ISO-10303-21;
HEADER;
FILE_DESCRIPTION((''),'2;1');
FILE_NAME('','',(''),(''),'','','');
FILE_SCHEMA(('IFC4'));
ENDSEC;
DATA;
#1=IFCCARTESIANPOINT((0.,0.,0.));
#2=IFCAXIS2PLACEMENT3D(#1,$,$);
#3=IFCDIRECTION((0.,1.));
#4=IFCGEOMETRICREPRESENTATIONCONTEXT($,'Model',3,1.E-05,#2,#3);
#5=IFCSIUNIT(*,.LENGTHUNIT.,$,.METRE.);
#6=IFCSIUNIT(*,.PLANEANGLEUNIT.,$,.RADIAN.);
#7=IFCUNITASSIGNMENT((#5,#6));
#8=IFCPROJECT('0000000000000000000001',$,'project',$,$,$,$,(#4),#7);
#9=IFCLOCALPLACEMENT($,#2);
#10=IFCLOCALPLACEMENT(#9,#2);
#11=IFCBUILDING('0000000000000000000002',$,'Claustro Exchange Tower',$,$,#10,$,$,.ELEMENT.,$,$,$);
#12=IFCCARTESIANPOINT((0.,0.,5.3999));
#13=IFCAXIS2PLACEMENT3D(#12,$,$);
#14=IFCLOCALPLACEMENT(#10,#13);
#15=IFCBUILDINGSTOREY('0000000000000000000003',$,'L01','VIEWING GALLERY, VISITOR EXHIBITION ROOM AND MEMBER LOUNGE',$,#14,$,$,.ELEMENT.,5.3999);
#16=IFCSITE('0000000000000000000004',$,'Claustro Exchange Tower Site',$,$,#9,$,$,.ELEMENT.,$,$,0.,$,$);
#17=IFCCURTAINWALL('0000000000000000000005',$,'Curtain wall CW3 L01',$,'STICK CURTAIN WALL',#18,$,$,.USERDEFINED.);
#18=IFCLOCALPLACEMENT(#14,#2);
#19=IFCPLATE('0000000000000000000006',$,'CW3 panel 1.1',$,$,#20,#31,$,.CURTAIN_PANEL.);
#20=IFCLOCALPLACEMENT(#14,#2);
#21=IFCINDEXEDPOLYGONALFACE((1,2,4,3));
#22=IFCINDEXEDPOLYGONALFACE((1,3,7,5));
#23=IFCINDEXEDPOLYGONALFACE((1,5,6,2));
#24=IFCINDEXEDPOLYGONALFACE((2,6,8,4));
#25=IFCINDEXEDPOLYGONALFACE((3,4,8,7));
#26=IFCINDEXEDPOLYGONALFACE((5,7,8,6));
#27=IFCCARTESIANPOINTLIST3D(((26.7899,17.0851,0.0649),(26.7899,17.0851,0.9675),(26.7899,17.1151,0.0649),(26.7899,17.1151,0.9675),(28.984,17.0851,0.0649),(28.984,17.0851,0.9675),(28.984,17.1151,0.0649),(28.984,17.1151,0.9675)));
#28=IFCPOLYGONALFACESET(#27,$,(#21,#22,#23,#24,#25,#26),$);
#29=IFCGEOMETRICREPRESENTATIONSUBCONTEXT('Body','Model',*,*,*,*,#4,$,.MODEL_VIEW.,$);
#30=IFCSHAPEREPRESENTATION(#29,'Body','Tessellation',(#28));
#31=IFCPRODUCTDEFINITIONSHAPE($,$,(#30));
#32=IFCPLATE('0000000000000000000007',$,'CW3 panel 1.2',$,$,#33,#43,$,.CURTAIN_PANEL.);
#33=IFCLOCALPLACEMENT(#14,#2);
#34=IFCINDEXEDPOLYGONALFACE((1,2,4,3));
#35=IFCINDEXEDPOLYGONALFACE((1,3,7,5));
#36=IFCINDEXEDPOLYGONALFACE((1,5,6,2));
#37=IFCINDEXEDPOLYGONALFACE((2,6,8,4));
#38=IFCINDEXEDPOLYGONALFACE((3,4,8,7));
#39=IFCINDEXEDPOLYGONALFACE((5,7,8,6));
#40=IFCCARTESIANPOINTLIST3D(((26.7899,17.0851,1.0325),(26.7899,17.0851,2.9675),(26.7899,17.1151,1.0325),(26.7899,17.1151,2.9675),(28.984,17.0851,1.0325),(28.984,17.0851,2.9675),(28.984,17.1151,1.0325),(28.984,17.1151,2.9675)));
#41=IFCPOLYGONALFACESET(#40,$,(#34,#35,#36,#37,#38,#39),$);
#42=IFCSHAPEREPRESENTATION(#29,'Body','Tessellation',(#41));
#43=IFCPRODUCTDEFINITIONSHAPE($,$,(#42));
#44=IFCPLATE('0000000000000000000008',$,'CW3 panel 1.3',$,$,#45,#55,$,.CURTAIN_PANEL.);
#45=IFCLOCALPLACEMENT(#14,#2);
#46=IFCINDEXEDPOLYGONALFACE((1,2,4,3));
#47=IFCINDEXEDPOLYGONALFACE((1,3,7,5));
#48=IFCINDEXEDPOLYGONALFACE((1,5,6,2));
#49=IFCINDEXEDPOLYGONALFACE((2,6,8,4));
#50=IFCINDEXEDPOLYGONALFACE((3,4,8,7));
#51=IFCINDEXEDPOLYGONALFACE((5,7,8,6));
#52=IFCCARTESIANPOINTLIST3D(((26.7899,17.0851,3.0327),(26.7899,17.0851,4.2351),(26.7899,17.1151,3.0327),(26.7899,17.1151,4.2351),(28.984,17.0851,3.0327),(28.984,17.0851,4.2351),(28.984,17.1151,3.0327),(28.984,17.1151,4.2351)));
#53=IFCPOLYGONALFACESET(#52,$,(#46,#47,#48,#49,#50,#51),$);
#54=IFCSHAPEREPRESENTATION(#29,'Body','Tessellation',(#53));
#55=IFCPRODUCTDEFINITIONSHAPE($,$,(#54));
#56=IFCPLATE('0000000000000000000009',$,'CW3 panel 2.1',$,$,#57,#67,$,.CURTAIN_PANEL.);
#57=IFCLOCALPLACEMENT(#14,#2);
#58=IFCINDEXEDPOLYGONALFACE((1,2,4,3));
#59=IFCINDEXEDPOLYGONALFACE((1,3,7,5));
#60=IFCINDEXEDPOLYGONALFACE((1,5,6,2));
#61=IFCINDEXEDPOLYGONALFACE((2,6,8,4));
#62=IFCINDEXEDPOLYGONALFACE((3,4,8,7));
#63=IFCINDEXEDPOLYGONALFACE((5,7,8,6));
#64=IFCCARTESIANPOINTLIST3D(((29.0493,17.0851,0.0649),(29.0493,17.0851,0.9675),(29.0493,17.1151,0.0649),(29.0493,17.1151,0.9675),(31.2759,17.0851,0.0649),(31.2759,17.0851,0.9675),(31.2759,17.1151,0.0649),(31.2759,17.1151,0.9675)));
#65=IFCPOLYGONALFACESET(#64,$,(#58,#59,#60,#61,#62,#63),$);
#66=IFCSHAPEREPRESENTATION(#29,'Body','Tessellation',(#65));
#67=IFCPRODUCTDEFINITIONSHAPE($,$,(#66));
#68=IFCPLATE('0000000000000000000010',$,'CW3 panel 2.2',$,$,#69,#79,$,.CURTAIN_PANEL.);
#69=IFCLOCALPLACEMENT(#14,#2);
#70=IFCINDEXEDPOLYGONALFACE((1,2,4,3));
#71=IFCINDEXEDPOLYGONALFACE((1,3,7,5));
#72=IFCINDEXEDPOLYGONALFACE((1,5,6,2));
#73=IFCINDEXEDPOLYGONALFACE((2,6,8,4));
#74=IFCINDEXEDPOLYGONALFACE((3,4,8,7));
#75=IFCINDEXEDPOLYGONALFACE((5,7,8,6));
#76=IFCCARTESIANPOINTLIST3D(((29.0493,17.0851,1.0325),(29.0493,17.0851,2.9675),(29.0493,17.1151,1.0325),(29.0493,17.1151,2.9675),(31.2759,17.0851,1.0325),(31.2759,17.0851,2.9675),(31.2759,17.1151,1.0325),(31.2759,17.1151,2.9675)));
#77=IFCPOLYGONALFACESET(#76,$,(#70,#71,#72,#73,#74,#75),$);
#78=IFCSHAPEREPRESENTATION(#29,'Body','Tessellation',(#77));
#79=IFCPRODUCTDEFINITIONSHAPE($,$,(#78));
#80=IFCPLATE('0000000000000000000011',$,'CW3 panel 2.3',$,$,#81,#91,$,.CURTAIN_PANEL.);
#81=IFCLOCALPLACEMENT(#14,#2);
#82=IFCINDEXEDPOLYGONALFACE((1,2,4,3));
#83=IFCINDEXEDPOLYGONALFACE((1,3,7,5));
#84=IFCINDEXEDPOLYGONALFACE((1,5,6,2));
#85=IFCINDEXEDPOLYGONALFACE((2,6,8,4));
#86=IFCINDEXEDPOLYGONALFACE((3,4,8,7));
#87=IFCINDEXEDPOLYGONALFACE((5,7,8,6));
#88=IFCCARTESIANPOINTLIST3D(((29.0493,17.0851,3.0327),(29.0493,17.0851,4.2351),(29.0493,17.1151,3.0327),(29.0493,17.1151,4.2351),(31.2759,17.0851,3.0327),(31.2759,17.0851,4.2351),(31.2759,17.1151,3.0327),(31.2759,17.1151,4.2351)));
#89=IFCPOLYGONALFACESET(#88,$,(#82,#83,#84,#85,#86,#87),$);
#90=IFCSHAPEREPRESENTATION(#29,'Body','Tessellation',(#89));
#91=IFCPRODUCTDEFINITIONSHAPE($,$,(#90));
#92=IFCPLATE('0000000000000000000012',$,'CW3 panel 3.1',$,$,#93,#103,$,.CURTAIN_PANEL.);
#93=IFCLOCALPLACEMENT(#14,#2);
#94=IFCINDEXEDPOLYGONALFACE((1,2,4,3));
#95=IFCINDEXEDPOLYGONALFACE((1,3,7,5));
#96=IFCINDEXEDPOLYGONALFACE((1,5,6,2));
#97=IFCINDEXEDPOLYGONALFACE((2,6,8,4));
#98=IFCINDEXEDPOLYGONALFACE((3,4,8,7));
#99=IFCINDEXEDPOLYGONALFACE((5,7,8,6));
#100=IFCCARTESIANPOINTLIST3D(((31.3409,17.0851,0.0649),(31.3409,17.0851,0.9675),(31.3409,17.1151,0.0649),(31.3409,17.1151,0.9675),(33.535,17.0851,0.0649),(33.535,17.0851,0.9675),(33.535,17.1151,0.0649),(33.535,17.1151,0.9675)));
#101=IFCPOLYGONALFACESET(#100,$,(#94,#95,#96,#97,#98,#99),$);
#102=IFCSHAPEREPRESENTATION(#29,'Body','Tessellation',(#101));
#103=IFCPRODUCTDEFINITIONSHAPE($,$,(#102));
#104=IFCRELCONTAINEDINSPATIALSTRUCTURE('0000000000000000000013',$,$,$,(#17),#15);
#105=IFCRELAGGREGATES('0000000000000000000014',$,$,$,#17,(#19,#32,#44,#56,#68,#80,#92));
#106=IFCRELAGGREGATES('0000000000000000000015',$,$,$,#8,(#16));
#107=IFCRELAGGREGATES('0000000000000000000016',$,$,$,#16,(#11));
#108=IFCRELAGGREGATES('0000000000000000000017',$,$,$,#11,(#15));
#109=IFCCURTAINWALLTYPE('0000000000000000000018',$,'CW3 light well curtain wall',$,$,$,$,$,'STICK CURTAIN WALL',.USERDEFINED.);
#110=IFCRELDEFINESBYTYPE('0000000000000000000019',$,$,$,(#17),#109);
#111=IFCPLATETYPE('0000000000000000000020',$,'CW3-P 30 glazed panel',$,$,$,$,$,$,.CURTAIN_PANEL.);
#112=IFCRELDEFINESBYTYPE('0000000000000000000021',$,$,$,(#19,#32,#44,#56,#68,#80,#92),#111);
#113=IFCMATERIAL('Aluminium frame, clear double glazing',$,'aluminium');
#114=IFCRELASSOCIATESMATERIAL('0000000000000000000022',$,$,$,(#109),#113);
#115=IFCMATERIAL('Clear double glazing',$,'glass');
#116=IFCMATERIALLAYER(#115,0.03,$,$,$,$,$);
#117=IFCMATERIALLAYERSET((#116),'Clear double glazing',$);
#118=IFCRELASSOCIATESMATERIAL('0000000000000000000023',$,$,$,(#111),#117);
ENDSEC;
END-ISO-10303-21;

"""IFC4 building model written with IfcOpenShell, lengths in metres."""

from ifc_helpers import new_model, si_unit, direction, frame, origin, origin_2d, place, context, subcontext, project, spatial, rectangle, extrude, material, layer, layer_set, type_object, element, aggregate, save


model = new_model("IFC4")

# Units and contexts
model_context = context("Model", 3, precision=1e-05, world=origin(), true_north=direction((0.0, 1.0)))
body_context = subcontext(model_context, "Body", "Model", "MODEL_VIEW")
ifc_project = project(units=[si_unit("LENGTHUNIT", "METRE"), si_unit("PLANEANGLEUNIT", "RADIAN")], contexts=[model_context])

# Site, building, storey
site_placement = place(None, origin())
site = spatial("IfcSite", under=ifc_project, at=site_placement, Name="Claustro Exchange Tower Site", CompositionType="ELEMENT", RefElevation=0.0)
building_placement = place(site_placement, origin())
building = spatial("IfcBuilding", under=site, at=building_placement, Name="Claustro Exchange Tower", CompositionType="ELEMENT")
storey_placement = place(building_placement, frame((0.0, 0.0, 5.3999)))
storey = spatial("IfcBuildingStorey", under=building, at=storey_placement, Name="L01", Description="VIEWING GALLERY, VISITOR EXHIBITION ROOM AND MEMBER LOUNGE", CompositionType="ELEMENT", Elevation=5.3999)

# Shared definitions
ifc_material_1 = material(Name="Aluminium frame, clear double glazing", Category="aluminium")
curtain_wall_type = type_object("IfcCurtainWallType", Name="CW3 light well curtain wall", ElementType="STICK CURTAIN WALL", PredefinedType="USERDEFINED", material=ifc_material_1)

# Curtain wall, plates
curtain_wall_1_placement = place(storey_placement, origin())
curtain_wall_1 = element("IfcCurtainWall", 1, at=curtain_wall_1_placement, inside=storey, type_object=curtain_wall_type, Name="Curtain wall CW3 L01", ObjectType="STICK CURTAIN WALL", PredefinedType="USERDEFINED")
ifc_material_2 = material(Name="Clear double glazing", Category="glass")
ifc_layer = layer(ifc_material_2, 0.03)
ifc_layer_set = layer_set([ifc_layer], Name="Clear double glazing")
plate_type = type_object("IfcPlateType", Name="CW3-P 30 glazed panel", PredefinedType="CURTAIN_PANEL", material=ifc_layer_set)
plate_1_placement = place(storey_placement, frame((27.887, 17.1001, 0.0649), z_axis=(0.0, 0.0, 1.0), x_axis=(1.0, 0.0, 0.0)))
plate_1 = element("IfcPlate", 2, at=plate_1_placement, type_object=plate_type, Name="CW3 panel 1.1", PredefinedType="CURTAIN_PANEL", context=body_context, shape_type="SweptSolid", body=[
    extrude(rectangle(XDim=2.1941, YDim=0.03, at=origin_2d()), origin(), (0.0, 0.0, 1.0), 0.9026),
])
plate_2_placement = place(storey_placement, frame((27.887, 17.1001, 1.0325), z_axis=(0.0, 0.0, 1.0), x_axis=(1.0, 0.0, 0.0)))
plate_2 = element("IfcPlate", 3, at=plate_2_placement, type_object=plate_type, Name="CW3 panel 1.2", PredefinedType="CURTAIN_PANEL", context=body_context, shape_type="SweptSolid", body=[
    extrude(rectangle(XDim=2.1941, YDim=0.03, at=origin_2d()), origin(), (0.0, 0.0, 1.0), 1.9351),
])
plate_3_placement = place(storey_placement, frame((27.887, 17.1001, 3.0327), z_axis=(0.0, 0.0, 1.0), x_axis=(1.0, 0.0, 0.0)))
plate_3 = element("IfcPlate", 4, at=plate_3_placement, type_object=plate_type, Name="CW3 panel 1.3", PredefinedType="CURTAIN_PANEL", context=body_context, shape_type="SweptSolid", body=[
    extrude(rectangle(XDim=2.1941, YDim=0.03, at=origin_2d()), origin(), (0.0, 0.0, 1.0), 1.2024),
])
plate_4_placement = place(storey_placement, frame((30.1626, 17.1001, 0.0649), z_axis=(0.0, 0.0, 1.0), x_axis=(1.0, 0.0, 0.0)))
plate_4 = element("IfcPlate", 5, at=plate_4_placement, type_object=plate_type, Name="CW3 panel 2.1", PredefinedType="CURTAIN_PANEL", context=body_context, shape_type="SweptSolid", body=[
    extrude(rectangle(XDim=2.2266, YDim=0.03, at=origin_2d()), origin(), (0.0, 0.0, 1.0), 0.9026),
])
plate_5_placement = place(storey_placement, frame((30.1626, 17.1001, 1.0325), z_axis=(0.0, 0.0, 1.0), x_axis=(1.0, 0.0, 0.0)))
plate_5 = element("IfcPlate", 6, at=plate_5_placement, type_object=plate_type, Name="CW3 panel 2.2", PredefinedType="CURTAIN_PANEL", context=body_context, shape_type="SweptSolid", body=[
    extrude(rectangle(XDim=2.2266, YDim=0.03, at=origin_2d()), origin(), (0.0, 0.0, 1.0), 1.9351),
])
plate_6_placement = place(storey_placement, frame((30.1626, 17.1001, 3.0327), z_axis=(0.0, 0.0, 1.0), x_axis=(1.0, 0.0, 0.0)))
plate_6 = element("IfcPlate", 7, at=plate_6_placement, type_object=plate_type, Name="CW3 panel 2.3", PredefinedType="CURTAIN_PANEL", context=body_context, shape_type="SweptSolid", body=[
    extrude(rectangle(XDim=2.2266, YDim=0.03, at=origin_2d()), origin(), (0.0, 0.0, 1.0), 1.2024),
])
plate_7_placement = place(storey_placement, frame((32.438, 17.1001, 0.0649), z_axis=(0.0, 0.0, 1.0), x_axis=(1.0, 0.0, 0.0)))
plate_7 = element("IfcPlate", 8, at=plate_7_placement, type_object=plate_type, Name="CW3 panel 3.1", PredefinedType="CURTAIN_PANEL", context=body_context, shape_type="SweptSolid", body=[
    extrude(rectangle(XDim=2.1941, YDim=0.03, at=origin_2d()), origin(), (0.0, 0.0, 1.0), 0.9026),
])
aggregate(curtain_wall_1, [plate_1, plate_2, plate_3, plate_4, plate_5, plate_6, plate_7])

save(model, "model.ifc")
